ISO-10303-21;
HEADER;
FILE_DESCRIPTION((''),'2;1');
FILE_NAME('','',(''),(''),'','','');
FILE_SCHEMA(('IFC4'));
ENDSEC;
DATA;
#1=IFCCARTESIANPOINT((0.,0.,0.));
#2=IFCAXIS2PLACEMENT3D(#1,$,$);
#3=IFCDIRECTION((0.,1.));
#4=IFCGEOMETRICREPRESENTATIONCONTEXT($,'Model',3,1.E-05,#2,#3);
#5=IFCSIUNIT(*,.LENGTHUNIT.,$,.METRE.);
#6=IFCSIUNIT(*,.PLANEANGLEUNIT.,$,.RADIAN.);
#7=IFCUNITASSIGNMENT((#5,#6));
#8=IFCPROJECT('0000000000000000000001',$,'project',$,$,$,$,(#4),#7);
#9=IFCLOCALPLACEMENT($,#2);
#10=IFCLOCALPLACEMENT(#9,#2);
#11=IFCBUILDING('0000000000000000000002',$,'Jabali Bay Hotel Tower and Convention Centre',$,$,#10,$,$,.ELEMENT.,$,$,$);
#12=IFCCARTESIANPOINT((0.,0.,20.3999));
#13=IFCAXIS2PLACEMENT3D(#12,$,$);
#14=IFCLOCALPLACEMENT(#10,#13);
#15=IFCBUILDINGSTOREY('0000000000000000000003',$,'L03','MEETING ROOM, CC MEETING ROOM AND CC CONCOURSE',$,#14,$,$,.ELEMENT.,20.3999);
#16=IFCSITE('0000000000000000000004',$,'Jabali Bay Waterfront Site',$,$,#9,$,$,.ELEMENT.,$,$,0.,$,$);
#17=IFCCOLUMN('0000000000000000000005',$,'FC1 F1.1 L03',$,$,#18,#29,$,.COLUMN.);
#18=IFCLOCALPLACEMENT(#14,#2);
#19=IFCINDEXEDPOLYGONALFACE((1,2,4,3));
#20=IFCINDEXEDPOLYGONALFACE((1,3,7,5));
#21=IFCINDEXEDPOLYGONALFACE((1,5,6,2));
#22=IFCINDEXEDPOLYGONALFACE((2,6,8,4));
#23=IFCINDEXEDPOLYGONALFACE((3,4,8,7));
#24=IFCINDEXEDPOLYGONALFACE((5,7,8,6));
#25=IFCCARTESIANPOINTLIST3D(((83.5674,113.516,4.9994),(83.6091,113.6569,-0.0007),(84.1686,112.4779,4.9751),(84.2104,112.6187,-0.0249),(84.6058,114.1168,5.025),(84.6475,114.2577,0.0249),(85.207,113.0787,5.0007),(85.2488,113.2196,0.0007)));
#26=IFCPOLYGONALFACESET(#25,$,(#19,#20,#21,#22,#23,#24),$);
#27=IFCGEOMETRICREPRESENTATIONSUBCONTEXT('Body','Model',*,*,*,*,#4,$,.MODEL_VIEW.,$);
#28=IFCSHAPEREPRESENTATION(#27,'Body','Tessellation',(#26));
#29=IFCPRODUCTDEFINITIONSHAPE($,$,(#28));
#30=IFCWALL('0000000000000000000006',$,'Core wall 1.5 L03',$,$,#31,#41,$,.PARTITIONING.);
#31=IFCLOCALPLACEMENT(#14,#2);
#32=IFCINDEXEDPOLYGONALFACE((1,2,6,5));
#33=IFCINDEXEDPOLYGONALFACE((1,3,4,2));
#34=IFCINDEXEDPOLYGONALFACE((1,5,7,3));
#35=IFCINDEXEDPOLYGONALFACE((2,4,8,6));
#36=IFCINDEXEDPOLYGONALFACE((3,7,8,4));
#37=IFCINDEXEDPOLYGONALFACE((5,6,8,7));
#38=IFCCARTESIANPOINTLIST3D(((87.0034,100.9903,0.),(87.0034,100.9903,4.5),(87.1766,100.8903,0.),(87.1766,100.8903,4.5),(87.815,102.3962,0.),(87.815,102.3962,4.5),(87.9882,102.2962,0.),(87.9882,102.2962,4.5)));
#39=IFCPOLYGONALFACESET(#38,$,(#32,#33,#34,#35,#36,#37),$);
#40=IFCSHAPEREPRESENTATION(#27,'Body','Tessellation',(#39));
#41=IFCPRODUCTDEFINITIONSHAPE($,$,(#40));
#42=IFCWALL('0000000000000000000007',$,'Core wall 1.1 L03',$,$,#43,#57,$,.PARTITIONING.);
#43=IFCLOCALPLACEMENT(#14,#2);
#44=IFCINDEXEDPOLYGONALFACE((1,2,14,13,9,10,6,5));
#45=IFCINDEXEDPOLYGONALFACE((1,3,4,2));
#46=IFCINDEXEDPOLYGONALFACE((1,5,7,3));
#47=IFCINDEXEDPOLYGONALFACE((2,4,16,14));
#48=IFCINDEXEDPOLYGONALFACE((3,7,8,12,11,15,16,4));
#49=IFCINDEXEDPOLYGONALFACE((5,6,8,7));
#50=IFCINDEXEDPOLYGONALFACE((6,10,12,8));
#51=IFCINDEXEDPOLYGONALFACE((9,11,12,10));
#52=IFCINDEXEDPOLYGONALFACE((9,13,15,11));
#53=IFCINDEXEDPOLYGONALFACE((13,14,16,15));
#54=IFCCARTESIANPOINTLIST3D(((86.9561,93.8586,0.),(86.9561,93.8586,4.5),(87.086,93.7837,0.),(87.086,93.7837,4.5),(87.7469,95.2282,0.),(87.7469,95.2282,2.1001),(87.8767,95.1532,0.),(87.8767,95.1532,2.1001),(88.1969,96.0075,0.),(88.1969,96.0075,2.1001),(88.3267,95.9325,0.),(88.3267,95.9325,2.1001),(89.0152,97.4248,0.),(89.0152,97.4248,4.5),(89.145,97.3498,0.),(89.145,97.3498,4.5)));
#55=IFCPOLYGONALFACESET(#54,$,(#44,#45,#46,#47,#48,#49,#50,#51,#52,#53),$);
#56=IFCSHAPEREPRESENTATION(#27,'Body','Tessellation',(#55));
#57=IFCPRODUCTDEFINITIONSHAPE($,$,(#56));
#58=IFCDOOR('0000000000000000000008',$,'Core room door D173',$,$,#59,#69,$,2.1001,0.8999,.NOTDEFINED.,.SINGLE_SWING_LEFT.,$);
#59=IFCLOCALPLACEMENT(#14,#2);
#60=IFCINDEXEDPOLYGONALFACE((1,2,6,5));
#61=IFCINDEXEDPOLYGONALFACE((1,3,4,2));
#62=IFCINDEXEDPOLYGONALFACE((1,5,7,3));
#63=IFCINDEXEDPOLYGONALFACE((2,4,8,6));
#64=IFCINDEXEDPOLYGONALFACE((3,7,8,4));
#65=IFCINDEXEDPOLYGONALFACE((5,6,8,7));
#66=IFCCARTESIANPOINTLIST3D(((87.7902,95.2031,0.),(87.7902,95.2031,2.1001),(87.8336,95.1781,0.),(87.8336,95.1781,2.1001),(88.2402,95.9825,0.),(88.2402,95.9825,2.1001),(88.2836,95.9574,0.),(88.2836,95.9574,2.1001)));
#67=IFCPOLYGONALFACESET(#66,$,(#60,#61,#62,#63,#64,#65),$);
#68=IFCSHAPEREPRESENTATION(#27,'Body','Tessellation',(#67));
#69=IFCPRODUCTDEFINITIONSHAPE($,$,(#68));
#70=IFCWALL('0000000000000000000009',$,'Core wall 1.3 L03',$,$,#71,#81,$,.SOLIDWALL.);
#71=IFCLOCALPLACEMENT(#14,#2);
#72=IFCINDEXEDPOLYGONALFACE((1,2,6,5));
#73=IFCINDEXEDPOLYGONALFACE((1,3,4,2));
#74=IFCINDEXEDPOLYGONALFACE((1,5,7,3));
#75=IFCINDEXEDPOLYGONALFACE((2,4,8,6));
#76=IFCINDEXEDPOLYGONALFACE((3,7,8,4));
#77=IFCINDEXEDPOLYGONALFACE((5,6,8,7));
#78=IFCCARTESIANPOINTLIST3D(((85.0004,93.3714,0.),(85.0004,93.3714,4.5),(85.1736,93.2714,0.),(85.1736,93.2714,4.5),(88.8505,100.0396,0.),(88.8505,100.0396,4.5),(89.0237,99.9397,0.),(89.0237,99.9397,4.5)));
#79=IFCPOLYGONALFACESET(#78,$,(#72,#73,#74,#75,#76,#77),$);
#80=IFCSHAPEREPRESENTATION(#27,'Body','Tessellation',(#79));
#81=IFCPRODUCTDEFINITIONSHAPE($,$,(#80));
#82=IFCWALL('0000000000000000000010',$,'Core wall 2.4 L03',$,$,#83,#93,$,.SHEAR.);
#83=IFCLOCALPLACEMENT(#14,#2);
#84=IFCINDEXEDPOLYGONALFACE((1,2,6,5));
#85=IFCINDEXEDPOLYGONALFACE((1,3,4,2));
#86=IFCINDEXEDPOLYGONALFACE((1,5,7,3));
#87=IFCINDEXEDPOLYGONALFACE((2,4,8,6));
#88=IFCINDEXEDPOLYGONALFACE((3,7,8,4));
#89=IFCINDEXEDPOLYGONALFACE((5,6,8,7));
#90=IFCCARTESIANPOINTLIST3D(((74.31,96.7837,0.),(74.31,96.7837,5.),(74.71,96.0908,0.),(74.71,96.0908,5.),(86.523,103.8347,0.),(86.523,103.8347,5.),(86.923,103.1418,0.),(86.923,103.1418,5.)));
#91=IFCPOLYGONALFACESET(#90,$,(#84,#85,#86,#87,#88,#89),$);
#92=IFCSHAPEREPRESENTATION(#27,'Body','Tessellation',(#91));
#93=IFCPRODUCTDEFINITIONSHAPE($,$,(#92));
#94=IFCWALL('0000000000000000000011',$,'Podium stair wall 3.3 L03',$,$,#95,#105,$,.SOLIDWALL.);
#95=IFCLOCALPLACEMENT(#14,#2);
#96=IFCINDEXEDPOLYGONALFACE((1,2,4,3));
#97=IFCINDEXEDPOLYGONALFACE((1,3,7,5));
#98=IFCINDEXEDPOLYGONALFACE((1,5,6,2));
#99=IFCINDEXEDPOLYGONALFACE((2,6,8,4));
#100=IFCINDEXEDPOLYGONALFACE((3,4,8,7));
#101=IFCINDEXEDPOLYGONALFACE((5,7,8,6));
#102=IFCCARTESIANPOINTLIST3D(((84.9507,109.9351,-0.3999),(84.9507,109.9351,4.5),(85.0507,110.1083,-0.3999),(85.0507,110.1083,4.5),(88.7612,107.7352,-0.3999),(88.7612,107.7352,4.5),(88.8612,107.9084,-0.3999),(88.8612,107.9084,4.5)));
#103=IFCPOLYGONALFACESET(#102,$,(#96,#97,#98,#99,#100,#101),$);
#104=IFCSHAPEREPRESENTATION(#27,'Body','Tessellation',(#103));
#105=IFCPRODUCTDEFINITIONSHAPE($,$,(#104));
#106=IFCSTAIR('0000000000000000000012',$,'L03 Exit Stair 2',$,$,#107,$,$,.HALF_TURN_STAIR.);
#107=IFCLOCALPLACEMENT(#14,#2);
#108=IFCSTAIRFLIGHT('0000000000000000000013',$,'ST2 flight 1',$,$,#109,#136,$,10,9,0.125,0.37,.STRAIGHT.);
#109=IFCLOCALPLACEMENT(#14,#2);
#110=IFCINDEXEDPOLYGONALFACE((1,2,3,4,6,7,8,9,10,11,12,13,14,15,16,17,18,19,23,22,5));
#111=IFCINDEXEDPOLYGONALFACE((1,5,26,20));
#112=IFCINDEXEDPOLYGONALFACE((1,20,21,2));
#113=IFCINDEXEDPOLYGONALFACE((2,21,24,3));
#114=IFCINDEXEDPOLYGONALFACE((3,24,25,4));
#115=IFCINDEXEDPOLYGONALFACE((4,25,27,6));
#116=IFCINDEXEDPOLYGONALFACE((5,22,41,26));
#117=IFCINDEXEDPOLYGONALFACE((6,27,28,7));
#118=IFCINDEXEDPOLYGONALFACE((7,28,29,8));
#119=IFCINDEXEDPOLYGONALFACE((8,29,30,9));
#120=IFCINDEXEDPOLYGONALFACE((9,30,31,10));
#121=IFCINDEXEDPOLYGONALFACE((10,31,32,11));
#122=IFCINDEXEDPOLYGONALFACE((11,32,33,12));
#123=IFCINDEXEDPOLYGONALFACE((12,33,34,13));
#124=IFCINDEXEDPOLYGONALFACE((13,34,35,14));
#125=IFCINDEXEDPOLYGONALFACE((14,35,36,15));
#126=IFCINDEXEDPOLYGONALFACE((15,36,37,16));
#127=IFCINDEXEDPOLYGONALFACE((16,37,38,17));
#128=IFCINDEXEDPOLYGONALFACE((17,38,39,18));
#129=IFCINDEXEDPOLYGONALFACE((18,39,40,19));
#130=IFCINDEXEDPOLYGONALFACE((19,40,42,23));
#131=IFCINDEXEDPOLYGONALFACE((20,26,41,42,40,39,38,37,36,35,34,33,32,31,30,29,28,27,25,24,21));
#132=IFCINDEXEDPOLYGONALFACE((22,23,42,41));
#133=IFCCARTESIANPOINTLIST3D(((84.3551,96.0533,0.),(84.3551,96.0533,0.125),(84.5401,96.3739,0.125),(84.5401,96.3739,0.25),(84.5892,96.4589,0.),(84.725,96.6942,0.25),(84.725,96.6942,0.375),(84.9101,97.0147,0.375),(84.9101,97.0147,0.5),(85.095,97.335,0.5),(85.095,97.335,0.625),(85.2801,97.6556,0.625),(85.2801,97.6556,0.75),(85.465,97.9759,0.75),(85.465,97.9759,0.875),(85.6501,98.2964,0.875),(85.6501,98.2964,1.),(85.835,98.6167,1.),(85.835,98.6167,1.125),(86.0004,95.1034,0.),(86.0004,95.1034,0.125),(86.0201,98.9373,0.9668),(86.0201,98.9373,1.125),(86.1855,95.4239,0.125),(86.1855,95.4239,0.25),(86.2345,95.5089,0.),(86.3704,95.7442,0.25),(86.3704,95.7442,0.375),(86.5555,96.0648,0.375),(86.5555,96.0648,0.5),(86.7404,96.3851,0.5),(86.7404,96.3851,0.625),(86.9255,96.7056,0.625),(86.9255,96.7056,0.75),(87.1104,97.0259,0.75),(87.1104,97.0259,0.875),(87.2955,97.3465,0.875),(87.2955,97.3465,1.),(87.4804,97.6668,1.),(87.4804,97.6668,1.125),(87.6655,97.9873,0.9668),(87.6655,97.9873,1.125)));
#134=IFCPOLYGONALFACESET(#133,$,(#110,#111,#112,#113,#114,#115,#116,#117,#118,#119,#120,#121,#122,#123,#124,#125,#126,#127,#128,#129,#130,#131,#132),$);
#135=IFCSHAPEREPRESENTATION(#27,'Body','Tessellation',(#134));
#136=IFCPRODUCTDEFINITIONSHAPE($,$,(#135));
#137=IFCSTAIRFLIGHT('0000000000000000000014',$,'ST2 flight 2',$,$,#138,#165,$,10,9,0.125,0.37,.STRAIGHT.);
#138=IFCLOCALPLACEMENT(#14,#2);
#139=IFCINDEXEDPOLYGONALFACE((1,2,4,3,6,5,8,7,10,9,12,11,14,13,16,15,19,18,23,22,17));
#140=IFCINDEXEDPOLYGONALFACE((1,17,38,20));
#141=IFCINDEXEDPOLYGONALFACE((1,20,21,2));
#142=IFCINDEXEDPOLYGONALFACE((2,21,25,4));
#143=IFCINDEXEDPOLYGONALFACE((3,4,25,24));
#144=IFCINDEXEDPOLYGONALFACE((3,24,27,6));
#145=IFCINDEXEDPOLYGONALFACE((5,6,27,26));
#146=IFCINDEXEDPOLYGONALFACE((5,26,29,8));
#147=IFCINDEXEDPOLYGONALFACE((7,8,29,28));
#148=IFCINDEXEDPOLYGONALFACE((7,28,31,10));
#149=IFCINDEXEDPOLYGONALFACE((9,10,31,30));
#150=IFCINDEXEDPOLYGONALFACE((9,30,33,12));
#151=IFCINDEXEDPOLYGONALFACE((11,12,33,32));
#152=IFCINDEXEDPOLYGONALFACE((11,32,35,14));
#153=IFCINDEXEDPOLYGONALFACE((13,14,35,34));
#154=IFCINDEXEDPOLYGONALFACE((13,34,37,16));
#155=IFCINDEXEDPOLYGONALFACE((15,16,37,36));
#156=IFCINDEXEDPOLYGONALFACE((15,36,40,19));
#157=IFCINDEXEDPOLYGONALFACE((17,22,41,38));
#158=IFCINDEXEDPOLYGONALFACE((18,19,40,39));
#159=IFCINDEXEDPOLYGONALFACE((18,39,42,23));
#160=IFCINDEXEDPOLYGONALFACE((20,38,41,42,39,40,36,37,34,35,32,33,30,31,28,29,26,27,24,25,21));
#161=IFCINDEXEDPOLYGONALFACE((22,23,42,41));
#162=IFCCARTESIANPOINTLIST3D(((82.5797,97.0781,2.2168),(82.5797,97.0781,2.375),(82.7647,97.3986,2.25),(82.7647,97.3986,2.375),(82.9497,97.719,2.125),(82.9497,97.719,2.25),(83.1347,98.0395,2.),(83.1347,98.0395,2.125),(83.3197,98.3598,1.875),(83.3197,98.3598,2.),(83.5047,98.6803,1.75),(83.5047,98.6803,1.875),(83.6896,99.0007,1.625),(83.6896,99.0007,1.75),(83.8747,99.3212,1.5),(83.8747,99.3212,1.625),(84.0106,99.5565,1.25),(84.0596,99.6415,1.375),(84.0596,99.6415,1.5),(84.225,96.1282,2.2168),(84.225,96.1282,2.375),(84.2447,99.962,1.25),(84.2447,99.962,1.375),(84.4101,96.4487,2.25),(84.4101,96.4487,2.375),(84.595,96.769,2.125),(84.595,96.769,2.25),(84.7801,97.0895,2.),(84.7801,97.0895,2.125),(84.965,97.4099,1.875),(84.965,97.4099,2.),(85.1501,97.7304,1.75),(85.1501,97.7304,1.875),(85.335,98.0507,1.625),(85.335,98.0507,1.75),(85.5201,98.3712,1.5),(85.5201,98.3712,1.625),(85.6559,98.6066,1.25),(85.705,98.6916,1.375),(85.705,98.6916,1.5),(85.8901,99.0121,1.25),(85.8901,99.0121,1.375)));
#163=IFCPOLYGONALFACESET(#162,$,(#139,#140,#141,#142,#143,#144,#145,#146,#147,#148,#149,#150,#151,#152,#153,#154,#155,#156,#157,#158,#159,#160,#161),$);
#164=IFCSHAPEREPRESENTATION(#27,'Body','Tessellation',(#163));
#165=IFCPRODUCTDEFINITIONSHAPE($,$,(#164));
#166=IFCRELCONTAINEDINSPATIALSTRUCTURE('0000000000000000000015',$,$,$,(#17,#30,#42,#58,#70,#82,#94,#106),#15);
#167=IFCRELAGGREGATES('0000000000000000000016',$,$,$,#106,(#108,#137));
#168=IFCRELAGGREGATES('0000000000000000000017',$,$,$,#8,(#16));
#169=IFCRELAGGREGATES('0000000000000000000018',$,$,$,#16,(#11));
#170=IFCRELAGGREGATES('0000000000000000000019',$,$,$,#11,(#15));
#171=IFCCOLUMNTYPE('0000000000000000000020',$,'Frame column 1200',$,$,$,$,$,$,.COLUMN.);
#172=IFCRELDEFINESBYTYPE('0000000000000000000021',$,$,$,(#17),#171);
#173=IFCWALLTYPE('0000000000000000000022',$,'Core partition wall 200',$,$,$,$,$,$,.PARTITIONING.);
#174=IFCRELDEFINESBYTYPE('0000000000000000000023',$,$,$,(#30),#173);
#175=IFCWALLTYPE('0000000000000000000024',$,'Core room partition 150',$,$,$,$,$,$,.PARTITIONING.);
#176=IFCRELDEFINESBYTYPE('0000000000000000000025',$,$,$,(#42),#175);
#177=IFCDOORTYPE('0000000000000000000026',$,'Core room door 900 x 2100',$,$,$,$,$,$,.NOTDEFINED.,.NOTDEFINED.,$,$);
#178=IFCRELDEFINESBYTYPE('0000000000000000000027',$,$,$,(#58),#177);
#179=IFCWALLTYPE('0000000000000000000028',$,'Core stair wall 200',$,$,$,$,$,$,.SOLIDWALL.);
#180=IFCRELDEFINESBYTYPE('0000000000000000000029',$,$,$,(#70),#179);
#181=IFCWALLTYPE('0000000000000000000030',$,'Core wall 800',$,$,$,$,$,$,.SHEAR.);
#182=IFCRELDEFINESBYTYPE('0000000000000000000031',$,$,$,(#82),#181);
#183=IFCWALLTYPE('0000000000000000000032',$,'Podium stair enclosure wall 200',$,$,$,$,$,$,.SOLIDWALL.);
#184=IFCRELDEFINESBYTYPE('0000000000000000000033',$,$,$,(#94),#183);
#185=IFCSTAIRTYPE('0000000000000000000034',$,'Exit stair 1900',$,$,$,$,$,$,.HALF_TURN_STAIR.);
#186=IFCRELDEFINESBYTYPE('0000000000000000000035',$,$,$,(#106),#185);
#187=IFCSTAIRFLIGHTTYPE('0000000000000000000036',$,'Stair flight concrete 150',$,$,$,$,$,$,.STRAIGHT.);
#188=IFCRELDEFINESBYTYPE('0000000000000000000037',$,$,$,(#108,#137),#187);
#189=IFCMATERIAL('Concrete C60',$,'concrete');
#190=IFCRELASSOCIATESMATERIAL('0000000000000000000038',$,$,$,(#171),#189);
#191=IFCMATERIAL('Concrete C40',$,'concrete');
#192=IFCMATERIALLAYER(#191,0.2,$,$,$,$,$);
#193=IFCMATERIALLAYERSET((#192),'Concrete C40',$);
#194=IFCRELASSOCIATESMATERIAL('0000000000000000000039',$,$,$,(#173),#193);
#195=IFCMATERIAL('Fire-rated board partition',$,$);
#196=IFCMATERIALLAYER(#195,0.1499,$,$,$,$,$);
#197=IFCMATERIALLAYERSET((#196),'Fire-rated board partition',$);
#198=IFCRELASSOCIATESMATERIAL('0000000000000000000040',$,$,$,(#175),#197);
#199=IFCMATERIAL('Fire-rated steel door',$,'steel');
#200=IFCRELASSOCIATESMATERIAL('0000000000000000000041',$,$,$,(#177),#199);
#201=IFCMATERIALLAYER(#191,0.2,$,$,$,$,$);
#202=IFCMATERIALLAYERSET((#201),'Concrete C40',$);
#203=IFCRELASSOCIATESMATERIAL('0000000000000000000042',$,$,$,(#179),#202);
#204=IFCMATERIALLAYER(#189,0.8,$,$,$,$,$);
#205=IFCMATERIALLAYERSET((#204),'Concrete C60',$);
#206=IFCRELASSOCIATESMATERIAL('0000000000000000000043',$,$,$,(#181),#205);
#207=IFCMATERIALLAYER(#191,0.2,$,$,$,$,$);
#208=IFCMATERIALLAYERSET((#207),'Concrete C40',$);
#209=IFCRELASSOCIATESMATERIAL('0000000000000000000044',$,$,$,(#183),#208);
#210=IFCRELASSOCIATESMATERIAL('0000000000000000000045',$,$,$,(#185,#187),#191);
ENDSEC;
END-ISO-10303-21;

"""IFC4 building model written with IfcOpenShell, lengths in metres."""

from ifc_helpers import new_model, si_unit, direction, frame, frame_2d, origin, origin_2d, place, context, subcontext, project, spatial, polyline, rectangle, outline, extrude, material, layer, layer_set, material_profile, profile_set, type_object, element, fill, aggregate, save


model = new_model("IFC4")

# Units and contexts
model_context = context("Model", 3, precision=1e-05, world=origin(), true_north=direction((0.0, 1.0)))
body_context = subcontext(model_context, "Body", "Model", "MODEL_VIEW")
ifc_project = project(units=[si_unit("LENGTHUNIT", "METRE"), si_unit("PLANEANGLEUNIT", "RADIAN")], contexts=[model_context])

# Site, building, storey
site_placement = place(None, origin())
site = spatial("IfcSite", under=ifc_project, at=site_placement, Name="Jabali Bay Waterfront Site", CompositionType="ELEMENT", RefElevation=0.0)
building_placement = place(site_placement, origin())
building = spatial("IfcBuilding", under=site, at=building_placement, Name="Jabali Bay Hotel Tower and Convention Centre", CompositionType="ELEMENT")
storey_placement = place(building_placement, frame((0.0, 0.0, 20.3999)))
storey = spatial("IfcBuildingStorey", under=building, at=storey_placement, Name="L03", Description="MEETING ROOM, CC MEETING ROOM AND CC CONCOURSE", CompositionType="ELEMENT", Elevation=20.3999)

# Column
ifc_material_1 = material(Name="Concrete C60", Category="concrete")
ifc_material_profile = material_profile(ifc_material_1, rectangle(XDim=1.2, YDim=1.2, at=origin_2d()), Name="Frame column 1200")
ifc_profile_set = profile_set([ifc_material_profile], Name="Concrete C60")
column_type = type_object("IfcColumnType", Name="Frame column 1200", PredefinedType="COLUMN", material=ifc_profile_set)
column_placement = place(storey_placement, frame((84.429, 113.4382, 0.0), z_axis=(-0.008346, -0.028162, 0.999569), x_axis=(0.865361, 0.500695, 0.021332)))
element("IfcColumn", 1, at=column_placement, inside=storey, type_object=column_type, Name="FC1 F1.1 L03", PredefinedType="COLUMN", context=body_context, shape_type="SweptSolid", body=[
    extrude(rectangle(XDim=1.2, YDim=1.2, at=origin_2d()), origin(), (0.0, 0.0, 1.0), 5.0022),
])

# Wall
ifc_material_2 = material(Name="Concrete C40", Category="concrete")
ifc_layer_1 = layer(ifc_material_2, 0.2)
ifc_layer_set_1 = layer_set([ifc_layer_1], Name="Concrete C40")
wall_type_1 = type_object("IfcWallType", Name="Core partition wall 200", PredefinedType="PARTITIONING", material=ifc_layer_set_1)
wall_1_placement = place(storey_placement, frame((87.0901, 100.9404, 0.0), z_axis=(0.0, 0.0, 1.0), x_axis=(0.499957, 0.86605, 0.0)))
element("IfcWall", 2, at=wall_1_placement, inside=storey, type_object=wall_type_1, Name="Core wall 1.5 L03", PredefinedType="PARTITIONING", context=body_context, shape_type="SweptSolid", body=[
    extrude(rectangle(XDim=1.6233, YDim=0.2, at=frame_2d((0.8115, 0.0))), origin(), (0.0, 0.0, 1.0), 4.5),
])

# Wall, opening, door
ifc_material_3 = material(Name="Fire-rated board partition")
ifc_layer_2 = layer(ifc_material_3, 0.1499)
ifc_layer_set_2 = layer_set([ifc_layer_2], Name="Fire-rated board partition")
wall_type_2 = type_object("IfcWallType", Name="Core room partition 150", PredefinedType="PARTITIONING", material=ifc_layer_set_2)
wall_2_placement = place(storey_placement, frame((87.021, 93.821, 0.0), z_axis=(0.0, 0.0, 1.0), x_axis=(0.500029, 0.866009, 0.0)))
wall_2 = element("IfcWall", 3, at=wall_2_placement, inside=storey, type_object=wall_type_2, Name="Core wall 1.1 L03", PredefinedType="PARTITIONING", context=body_context, shape_type="SweptSolid", body=[
    extrude(rectangle(XDim=4.1179, YDim=0.1499, at=frame_2d((2.0591, 0.0))), origin(), (0.0, 0.0, 1.0), 4.5),
])
opening_placement = place(wall_2_placement, frame((1.5815, 0.0, 0.0)))
opening = element("IfcOpeningElement", 4, at=opening_placement, cuts=wall_2, PredefinedType="OPENING", context=body_context, shape_type="SweptSolid", body=[
    extrude(rectangle(XDim=0.8999, YDim=2.1001, at=frame_2d((0.45, 1.05))), frame((0.0, 0.0854, 0.0), z_axis=(0.0, -1.0, 0.0), x_axis=(1.0, 0.0, 0.0)), (0.0, 0.0, 1.0), 0.1709),
])
ifc_material_4 = material(Name="Fire-rated steel door", Category="steel")
door_type = type_object("IfcDoorType", Name="Core room door 900 x 2100", OperationType="NOTDEFINED", PredefinedType="NOTDEFINED", material=ifc_material_4)
door_placement = place(opening_placement, origin())
door = element("IfcDoor", 5, at=door_placement, inside=storey, type_object=door_type, Name="Core room door D173", OperationType="SINGLE_SWING_LEFT", OverallHeight=2.1001, OverallWidth=0.8999, PredefinedType="NOTDEFINED", context=body_context, shape_type="SweptSolid", body=[
    extrude(rectangle(XDim=0.8999, YDim=2.1001, at=frame_2d((0.45, 1.05))), frame((0.0, 0.0249, 0.0), z_axis=(0.0, -1.0, 0.0), x_axis=(1.0, 0.0, 0.0)), (0.0, 0.0, 1.0), 0.05),
])
fill(opening, door)

# Walls
ifc_layer_3 = layer(ifc_material_2, 0.2)
ifc_layer_set_3 = layer_set([ifc_layer_3], Name="Concrete C40")
wall_type_3 = type_object("IfcWallType", Name="Core stair wall 200", PredefinedType="SOLIDWALL", material=ifc_layer_set_3)
wall_3_placement = place(storey_placement, frame((85.0869, 93.3213, 0.0), z_axis=(0.0, 0.0, 1.0), x_axis=(0.50002, 0.866014, 0.0)))
element("IfcWall", 6, at=wall_3_placement, inside=storey, type_object=wall_type_3, Name="Core wall 1.3 L03", PredefinedType="SOLIDWALL", context=body_context, shape_type="SweptSolid", body=[
    extrude(rectangle(XDim=7.7, YDim=0.2, at=frame_2d((3.8501, 0.0))), origin(), (0.0, 0.0, 1.0), 4.5),
])
ifc_layer_4 = layer(ifc_material_1, 0.8)
ifc_layer_set_4 = layer_set([ifc_layer_4], Name="Concrete C60")
wall_type_4 = type_object("IfcWallType", Name="Core wall 800", PredefinedType="SHEAR", material=ifc_layer_set_4)
wall_4_placement = place(storey_placement, frame((86.7231, 103.4883, 0.0), z_axis=(0.0, 0.0, 1.0), x_axis=(-0.866033, -0.499988, 0.0)))
element("IfcWall", 7, at=wall_4_placement, inside=storey, type_object=wall_type_4, Name="Core wall 2.4 L03", PredefinedType="SHEAR", context=body_context, shape_type="SweptSolid", body=[
    extrude(rectangle(XDim=14.1023, YDim=0.8, at=frame_2d((7.0513, 0.0))), origin(), (0.0, 0.0, 1.0), 5.0),
])
ifc_layer_5 = layer(ifc_material_2, 0.2)
ifc_layer_set_5 = layer_set([ifc_layer_5], Name="Concrete C40")
wall_type_5 = type_object("IfcWallType", Name="Podium stair enclosure wall 200", PredefinedType="SOLIDWALL", material=ifc_layer_set_5)
wall_5_placement = place(storey_placement, frame((85.0007, 110.0217, -0.3999), z_axis=(0.0, 0.0, 1.0), x_axis=(0.866032, -0.499988, 0.0)))
element("IfcWall", 8, at=wall_5_placement, inside=storey, type_object=wall_type_5, Name="Podium stair wall 3.3 L03", PredefinedType="SOLIDWALL", context=body_context, shape_type="SweptSolid", body=[
    extrude(rectangle(XDim=4.3999, YDim=0.2, at=frame_2d((2.2, 0.0))), origin(), (0.0, 0.0, 1.0), 4.8999),
])

# Stair, stair flights
stair_type = type_object("IfcStairType", Name="Exit stair 1900", PredefinedType="HALF_TURN_STAIR", material=ifc_material_2)
stair_placement = place(storey_placement, origin())
stair = element("IfcStair", 9, at=stair_placement, inside=storey, type_object=stair_type, Name="L03 Exit Stair 2", PredefinedType="HALF_TURN_STAIR")
stair_flight_type = type_object("IfcStairFlightType", Name="Stair flight concrete 150", PredefinedType="STRAIGHT", material=ifc_material_2)
stair_flight_1_placement = place(storey_placement, frame((85.1777, 95.5784, 0.0), z_axis=(0.0, 0.0, 1.0), x_axis=(0.5, 0.866025, 0.0)))
stair_flight_1 = element("IfcStairFlight", 10, at=stair_flight_1_placement, type_object=stair_flight_type, Name="ST2 flight 1", NumberOfRisers=10, NumberOfTreads=9, PredefinedType="STRAIGHT", RiserHeight=0.125, TreadLength=0.37, context=body_context, shape_type="SweptSolid", body=[
    extrude(outline(polyline([(0.0, 0.0), (0.0, 0.125), (0.3701, 0.125), (0.3701, 0.25), (0.74, 0.25), (0.74, 0.375), (1.1101, 0.375), (1.1101, 0.5), (1.48, 0.5), (1.48, 0.625), (1.8501, 0.625), (1.8501, 0.75), (2.22, 0.75), (2.22, 0.875), (2.5901, 0.875), (2.5901, 1.0), (2.96, 1.0), (2.96, 1.125), (3.3301, 1.125), (3.3301, 1.25), (3.3301, 0.9668), (0.4683, 0.0), (0.0, 0.0)])), frame((0.0, 0.95, 0.0), z_axis=(0.0, -1.0, 0.0), x_axis=(1.0, 0.0, 0.0)), (0.0, 0.0, 1.0), 1.8999),
])
stair_flight_2_placement = place(storey_placement, frame((85.0674, 99.4871, 1.25), z_axis=(0.0, 0.0, 1.0), x_axis=(-0.5, -0.866025, 0.0)))
stair_flight_2 = element("IfcStairFlight", 11, at=stair_flight_2_placement, type_object=stair_flight_type, Name="ST2 flight 2", NumberOfRisers=10, NumberOfTreads=9, PredefinedType="STRAIGHT", RiserHeight=0.125, TreadLength=0.37, context=body_context, shape_type="SweptSolid", body=[
    extrude(outline(polyline([(0.0, 0.0), (0.0, 0.125), (0.3701, 0.125), (0.3701, 0.25), (0.74, 0.25), (0.74, 0.375), (1.1101, 0.375), (1.1101, 0.5), (1.48, 0.5), (1.48, 0.625), (1.8501, 0.625), (1.8501, 0.75), (2.22, 0.75), (2.22, 0.875), (2.5901, 0.875), (2.5901, 1.0), (2.96, 1.0), (2.96, 1.125), (3.3301, 1.125), (3.3301, 1.25), (3.3301, 0.9668), (0.4683, 0.0), (0.0, 0.0)])), frame((0.0, 0.95, 0.0), z_axis=(0.0, -1.0, 0.0), x_axis=(1.0, 0.0, 0.0)), (0.0, 0.0, 1.0), 1.8999),
])
aggregate(stair, [stair_flight_1, stair_flight_2])

save(model, "model.ifc")
